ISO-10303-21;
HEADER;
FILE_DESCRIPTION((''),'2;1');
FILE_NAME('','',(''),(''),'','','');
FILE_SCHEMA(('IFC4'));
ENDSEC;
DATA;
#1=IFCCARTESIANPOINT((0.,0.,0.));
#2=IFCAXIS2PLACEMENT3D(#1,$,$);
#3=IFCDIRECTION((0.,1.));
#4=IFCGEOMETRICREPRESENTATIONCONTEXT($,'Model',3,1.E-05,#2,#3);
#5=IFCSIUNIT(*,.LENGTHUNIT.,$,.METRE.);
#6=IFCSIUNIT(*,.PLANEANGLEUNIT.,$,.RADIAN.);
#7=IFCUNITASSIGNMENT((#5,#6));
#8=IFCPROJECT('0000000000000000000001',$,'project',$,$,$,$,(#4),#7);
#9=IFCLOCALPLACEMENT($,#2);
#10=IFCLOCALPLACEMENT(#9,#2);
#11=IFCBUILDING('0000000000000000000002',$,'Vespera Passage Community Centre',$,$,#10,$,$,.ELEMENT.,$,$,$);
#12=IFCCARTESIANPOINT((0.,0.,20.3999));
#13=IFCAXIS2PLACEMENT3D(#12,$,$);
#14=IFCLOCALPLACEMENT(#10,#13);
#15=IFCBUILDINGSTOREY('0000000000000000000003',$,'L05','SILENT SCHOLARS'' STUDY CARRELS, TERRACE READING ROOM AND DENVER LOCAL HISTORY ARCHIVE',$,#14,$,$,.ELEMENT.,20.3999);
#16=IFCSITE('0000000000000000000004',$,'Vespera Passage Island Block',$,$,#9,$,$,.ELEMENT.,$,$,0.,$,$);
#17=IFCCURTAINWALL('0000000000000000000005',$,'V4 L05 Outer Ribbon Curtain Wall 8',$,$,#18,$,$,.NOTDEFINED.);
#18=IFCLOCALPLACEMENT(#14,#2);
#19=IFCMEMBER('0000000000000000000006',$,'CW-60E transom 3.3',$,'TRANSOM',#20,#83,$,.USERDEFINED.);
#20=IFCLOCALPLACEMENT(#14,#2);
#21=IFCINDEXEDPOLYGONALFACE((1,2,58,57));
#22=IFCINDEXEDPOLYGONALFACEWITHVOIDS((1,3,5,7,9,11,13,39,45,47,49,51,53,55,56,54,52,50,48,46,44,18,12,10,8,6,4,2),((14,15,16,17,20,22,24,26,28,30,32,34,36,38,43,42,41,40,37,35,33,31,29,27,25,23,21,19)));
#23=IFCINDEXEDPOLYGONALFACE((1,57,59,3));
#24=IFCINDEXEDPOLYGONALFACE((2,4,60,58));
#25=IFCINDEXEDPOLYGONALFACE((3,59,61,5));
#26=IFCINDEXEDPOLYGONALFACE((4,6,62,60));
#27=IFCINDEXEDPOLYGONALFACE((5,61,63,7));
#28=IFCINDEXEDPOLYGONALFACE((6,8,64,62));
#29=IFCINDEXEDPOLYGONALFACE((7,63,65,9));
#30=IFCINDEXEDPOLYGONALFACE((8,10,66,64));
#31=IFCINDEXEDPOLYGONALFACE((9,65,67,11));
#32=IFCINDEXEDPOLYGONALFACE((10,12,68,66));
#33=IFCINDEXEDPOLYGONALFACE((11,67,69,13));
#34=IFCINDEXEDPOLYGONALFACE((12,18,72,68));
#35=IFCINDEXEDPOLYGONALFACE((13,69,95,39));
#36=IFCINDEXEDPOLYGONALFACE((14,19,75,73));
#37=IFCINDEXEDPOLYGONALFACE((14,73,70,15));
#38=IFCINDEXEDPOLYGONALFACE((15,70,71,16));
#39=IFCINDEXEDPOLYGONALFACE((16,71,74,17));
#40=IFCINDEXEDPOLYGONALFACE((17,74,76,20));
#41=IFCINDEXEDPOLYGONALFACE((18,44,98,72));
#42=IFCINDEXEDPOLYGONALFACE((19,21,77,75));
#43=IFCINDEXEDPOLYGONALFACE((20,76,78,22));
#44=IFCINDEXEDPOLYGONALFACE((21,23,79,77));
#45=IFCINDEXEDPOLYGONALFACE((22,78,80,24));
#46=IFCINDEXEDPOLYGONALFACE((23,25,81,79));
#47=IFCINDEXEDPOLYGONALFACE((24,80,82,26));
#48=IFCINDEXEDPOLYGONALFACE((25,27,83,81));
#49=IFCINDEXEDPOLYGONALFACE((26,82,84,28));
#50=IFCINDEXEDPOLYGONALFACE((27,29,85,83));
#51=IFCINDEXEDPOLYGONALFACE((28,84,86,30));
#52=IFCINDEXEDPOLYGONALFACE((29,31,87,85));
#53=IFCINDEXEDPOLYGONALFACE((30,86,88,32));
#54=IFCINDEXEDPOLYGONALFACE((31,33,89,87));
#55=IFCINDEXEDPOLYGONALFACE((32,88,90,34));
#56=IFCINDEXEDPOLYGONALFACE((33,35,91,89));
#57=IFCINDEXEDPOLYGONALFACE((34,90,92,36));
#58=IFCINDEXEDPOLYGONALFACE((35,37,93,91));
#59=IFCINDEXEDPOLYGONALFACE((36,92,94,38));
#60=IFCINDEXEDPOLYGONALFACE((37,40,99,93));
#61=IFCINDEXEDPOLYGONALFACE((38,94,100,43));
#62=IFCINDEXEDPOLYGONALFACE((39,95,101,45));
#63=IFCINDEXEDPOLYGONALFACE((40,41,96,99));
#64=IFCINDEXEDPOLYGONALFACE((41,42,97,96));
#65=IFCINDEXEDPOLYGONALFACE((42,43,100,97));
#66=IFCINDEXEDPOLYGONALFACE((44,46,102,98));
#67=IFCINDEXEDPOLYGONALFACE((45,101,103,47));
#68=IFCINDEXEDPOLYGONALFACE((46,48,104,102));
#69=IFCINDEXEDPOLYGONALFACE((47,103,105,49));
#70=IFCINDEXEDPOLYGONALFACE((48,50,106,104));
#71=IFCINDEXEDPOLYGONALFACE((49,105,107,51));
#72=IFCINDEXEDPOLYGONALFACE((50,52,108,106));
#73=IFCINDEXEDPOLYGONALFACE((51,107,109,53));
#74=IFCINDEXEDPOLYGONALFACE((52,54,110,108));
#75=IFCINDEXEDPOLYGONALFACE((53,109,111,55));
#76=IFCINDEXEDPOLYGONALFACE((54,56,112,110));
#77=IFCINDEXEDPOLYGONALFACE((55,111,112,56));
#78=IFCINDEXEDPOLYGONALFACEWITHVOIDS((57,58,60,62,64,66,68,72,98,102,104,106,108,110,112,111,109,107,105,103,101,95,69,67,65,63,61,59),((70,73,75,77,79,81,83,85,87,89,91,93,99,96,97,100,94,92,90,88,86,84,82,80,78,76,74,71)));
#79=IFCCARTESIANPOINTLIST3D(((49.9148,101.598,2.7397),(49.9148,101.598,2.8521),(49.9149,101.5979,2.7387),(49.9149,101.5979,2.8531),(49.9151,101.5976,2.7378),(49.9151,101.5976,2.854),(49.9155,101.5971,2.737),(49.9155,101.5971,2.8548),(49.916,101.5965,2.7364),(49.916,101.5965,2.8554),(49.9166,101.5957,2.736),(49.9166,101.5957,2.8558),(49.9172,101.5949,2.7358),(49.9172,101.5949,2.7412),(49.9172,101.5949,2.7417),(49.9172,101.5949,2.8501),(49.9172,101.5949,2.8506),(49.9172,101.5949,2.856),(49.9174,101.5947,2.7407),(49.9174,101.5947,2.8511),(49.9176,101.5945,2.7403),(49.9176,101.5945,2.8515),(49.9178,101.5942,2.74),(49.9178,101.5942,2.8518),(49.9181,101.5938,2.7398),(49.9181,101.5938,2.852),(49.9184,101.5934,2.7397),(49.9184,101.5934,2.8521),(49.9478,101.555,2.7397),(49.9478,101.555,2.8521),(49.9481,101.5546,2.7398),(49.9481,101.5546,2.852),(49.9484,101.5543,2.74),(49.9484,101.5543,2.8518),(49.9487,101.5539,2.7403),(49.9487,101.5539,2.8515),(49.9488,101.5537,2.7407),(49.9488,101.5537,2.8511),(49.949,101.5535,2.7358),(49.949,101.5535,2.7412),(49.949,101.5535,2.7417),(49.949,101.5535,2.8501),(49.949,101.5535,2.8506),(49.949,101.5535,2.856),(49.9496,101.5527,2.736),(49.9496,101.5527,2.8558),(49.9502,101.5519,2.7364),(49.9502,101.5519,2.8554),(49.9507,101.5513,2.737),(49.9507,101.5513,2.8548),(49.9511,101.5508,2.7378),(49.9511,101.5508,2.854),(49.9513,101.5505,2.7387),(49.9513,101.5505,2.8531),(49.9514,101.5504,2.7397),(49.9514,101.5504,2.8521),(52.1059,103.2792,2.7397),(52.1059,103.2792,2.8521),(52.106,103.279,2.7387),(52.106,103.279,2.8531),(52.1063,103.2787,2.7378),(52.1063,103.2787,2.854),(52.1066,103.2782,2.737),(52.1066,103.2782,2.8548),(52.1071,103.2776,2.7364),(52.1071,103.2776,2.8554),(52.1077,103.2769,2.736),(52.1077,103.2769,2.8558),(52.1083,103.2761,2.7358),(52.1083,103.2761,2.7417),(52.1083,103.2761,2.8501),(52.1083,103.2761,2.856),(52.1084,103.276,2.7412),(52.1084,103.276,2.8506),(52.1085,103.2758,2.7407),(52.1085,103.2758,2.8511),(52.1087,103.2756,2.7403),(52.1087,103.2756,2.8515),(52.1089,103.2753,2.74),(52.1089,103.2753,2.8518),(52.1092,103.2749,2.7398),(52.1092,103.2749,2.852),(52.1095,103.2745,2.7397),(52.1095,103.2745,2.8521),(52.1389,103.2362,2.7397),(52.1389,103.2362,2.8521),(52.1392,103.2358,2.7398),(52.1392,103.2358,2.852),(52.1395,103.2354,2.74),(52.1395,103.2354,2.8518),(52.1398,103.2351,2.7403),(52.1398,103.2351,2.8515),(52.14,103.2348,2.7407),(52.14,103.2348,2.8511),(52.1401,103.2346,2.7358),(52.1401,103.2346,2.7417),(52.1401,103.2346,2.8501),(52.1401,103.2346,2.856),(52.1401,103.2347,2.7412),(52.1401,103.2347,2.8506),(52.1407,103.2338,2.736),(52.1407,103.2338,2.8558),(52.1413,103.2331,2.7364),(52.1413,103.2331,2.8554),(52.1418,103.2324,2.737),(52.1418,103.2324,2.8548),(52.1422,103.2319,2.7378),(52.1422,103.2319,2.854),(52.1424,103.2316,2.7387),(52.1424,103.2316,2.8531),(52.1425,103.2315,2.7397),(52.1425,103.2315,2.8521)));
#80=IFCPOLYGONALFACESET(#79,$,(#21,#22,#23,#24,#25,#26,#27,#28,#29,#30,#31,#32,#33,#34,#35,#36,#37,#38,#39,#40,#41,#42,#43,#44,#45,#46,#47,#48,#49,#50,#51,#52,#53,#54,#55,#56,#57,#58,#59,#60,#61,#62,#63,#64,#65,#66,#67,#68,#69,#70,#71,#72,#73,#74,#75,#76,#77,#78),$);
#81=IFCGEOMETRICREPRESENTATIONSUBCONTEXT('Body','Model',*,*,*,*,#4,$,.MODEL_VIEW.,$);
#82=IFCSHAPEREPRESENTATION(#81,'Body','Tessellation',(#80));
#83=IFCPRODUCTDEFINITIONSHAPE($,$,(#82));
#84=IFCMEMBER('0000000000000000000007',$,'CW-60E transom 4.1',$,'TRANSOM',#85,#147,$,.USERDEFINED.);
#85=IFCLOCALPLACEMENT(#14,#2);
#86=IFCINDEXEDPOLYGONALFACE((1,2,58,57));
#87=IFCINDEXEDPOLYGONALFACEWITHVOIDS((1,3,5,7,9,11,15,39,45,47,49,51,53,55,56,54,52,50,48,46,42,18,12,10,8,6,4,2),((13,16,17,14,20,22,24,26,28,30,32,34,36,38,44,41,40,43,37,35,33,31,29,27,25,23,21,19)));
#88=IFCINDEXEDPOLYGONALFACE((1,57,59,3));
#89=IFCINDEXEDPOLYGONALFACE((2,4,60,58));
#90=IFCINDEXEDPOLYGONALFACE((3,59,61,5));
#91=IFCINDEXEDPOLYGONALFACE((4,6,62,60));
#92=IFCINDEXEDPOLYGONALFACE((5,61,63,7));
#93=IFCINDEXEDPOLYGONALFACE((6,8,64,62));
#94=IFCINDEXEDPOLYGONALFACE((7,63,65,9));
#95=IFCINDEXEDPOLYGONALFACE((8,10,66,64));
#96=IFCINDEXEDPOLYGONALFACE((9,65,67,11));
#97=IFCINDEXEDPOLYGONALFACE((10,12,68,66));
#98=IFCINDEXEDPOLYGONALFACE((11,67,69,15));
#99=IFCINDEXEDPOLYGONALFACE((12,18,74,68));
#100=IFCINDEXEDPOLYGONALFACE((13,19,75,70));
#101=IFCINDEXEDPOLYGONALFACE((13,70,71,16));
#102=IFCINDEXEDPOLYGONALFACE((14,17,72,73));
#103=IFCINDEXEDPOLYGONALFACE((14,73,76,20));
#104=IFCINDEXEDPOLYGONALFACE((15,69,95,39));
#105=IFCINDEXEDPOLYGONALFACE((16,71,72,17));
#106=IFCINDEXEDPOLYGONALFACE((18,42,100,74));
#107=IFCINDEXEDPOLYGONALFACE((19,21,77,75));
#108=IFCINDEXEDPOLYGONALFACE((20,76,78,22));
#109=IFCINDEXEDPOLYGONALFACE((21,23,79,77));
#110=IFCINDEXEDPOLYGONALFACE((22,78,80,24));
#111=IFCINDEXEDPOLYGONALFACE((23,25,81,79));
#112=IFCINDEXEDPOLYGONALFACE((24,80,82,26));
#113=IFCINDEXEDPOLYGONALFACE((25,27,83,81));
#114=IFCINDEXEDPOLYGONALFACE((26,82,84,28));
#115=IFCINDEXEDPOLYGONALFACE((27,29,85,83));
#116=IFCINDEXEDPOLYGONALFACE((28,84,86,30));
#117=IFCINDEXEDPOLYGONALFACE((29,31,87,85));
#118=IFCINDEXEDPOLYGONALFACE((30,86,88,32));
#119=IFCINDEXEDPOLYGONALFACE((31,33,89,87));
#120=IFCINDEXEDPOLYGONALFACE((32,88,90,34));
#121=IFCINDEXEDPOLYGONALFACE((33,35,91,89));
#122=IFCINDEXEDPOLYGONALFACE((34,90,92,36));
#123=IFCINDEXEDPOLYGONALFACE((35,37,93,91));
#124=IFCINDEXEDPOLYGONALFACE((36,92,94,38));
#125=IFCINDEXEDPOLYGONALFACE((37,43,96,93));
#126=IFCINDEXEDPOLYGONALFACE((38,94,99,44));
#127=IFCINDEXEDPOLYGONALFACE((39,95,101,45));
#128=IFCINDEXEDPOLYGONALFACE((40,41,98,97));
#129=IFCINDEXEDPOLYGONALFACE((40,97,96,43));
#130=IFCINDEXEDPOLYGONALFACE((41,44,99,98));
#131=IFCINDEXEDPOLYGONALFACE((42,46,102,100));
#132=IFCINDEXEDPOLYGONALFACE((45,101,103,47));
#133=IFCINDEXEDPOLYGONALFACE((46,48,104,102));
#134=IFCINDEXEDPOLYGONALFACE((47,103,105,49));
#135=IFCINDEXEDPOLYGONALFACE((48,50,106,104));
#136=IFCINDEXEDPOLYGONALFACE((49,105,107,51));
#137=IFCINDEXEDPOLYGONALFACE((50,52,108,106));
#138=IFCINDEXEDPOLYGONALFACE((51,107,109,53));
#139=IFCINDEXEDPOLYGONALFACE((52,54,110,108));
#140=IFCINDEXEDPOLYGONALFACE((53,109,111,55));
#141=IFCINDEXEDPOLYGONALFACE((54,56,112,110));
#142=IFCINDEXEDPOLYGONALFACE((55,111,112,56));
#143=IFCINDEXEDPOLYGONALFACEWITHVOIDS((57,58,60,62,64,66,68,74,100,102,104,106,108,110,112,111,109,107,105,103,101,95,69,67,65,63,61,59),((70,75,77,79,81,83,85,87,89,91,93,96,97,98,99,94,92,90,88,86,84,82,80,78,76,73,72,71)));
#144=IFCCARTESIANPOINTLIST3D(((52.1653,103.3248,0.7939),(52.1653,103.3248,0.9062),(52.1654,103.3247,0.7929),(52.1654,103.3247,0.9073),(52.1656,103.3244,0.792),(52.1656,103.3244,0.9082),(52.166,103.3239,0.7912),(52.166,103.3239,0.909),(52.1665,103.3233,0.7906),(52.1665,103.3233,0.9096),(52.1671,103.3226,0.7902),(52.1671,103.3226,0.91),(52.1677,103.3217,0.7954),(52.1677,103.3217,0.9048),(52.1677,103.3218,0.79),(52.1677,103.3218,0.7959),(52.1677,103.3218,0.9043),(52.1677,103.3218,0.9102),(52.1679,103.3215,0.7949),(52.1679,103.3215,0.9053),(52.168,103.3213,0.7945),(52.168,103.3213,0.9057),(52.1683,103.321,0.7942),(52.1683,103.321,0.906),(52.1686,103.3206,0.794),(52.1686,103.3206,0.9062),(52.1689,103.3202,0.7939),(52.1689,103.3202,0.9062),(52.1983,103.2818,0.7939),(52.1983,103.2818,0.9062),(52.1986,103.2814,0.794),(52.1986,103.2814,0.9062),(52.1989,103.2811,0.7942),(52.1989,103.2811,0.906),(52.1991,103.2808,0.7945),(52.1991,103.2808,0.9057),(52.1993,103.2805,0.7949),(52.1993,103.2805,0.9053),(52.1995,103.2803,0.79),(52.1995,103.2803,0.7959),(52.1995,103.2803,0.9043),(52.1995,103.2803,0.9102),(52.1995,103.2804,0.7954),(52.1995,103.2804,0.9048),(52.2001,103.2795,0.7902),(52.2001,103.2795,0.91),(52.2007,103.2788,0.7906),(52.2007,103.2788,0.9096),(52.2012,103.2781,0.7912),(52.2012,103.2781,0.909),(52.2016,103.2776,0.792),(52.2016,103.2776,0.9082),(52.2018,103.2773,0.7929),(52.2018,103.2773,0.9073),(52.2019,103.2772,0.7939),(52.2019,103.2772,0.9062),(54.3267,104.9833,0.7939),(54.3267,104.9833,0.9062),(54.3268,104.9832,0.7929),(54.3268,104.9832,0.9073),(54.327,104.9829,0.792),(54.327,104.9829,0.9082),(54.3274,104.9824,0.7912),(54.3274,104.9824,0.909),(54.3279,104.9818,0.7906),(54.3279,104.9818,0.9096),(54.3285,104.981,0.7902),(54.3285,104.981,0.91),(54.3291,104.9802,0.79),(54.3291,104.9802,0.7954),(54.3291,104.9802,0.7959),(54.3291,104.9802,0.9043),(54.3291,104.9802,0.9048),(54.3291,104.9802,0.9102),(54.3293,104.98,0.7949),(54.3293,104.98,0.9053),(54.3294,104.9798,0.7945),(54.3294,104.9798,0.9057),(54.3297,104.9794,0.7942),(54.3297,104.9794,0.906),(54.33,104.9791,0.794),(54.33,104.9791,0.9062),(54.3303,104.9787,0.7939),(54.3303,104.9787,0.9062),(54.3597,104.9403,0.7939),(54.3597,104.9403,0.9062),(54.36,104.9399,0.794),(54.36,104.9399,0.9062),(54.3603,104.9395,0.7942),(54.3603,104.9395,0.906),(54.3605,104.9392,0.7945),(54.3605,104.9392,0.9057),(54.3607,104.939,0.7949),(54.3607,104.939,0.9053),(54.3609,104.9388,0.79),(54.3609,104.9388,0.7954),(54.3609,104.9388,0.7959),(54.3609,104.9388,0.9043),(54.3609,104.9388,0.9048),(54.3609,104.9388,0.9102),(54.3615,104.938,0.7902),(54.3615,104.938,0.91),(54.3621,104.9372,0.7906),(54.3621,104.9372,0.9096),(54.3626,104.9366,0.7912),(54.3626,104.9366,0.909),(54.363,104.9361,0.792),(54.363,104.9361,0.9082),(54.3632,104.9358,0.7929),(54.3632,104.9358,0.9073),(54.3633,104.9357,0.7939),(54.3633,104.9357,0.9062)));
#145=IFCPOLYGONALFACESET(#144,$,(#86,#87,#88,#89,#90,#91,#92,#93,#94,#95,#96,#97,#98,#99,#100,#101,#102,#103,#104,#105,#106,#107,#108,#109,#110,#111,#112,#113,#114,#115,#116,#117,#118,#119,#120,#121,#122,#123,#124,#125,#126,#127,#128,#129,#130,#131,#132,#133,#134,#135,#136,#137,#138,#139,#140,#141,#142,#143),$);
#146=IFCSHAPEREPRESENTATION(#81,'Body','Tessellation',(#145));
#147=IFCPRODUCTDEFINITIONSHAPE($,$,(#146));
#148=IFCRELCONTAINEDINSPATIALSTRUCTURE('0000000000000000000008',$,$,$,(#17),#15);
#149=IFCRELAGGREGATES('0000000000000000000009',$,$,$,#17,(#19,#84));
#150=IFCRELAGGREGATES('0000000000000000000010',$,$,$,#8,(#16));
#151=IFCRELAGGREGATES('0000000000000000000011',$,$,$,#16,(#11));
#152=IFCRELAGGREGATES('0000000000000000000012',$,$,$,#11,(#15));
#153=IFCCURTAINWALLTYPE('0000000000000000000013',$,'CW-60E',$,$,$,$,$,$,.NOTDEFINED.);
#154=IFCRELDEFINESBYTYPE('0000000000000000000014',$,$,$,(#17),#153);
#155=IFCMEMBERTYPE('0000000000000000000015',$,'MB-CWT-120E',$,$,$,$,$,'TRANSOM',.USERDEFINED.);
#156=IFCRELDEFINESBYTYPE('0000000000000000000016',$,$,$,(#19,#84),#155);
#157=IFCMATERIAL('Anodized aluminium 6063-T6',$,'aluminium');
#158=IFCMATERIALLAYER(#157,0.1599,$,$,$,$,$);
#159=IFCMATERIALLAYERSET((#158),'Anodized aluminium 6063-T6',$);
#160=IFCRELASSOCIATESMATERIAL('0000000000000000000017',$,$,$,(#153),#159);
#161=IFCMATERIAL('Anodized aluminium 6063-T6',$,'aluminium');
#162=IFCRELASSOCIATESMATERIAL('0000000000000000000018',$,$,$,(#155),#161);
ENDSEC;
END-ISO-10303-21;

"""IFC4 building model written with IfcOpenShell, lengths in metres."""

from ifc_helpers import new_model, si_unit, direction, frame, origin, origin_2d, place, context, subcontext, project, spatial, hollow_rectangle, extrude, material, layer, layer_set, material_profile, profile_set, type_object, element, aggregate, save


model = new_model("IFC4")

# Units and contexts
model_context = context("Model", 3, precision=1e-05, world=origin(), true_north=direction((0.0, 1.0)))
body_context = subcontext(model_context, "Body", "Model", "MODEL_VIEW")
ifc_project = project(units=[si_unit("LENGTHUNIT", "METRE"), si_unit("PLANEANGLEUNIT", "RADIAN")], contexts=[model_context])

# Site, building, storey
site_placement = place(None, origin())
site = spatial("IfcSite", under=ifc_project, at=site_placement, Name="Vespera Passage Island Block", CompositionType="ELEMENT", RefElevation=0.0)
building_placement = place(site_placement, origin())
building = spatial("IfcBuilding", under=site, at=building_placement, Name="Vespera Passage Community Centre", CompositionType="ELEMENT")
storey_placement = place(building_placement, frame((0.0, 0.0, 20.3999)))
storey = spatial("IfcBuildingStorey", under=building, at=storey_placement, Name="L05", Description="SILENT SCHOLARS' STUDY CARRELS, TERRACE READING ROOM AND DENVER LOCAL HISTORY ARCHIVE", CompositionType="ELEMENT", Elevation=20.3999)

# Curtain wall
ifc_material_1 = material(Name="Anodized aluminium 6063-T6", Category="aluminium")
ifc_layer_1 = layer(ifc_material_1, 0.1599)
ifc_layer_set_1 = layer_set([ifc_layer_1], Name="Anodized aluminium 6063-T6")
curtain_wall_type_1 = type_object("IfcCurtainWallType", Name="CW-60E", PredefinedType="NOTDEFINED", material=ifc_layer_set_1)
curtain_wall_1_placement = place(storey_placement, origin())
curtain_wall_1 = element("IfcCurtainWall", 1, at=curtain_wall_1_placement, inside=storey, type_object=curtain_wall_type_1, Name="V4 L05 Outer Ribbon Curtain Wall 8", PredefinedType="NOTDEFINED")

# Members
ifc_material_2 = material(Name="Anodized aluminium 6063-T6", Category="aluminium")
ifc_material_profile_1 = material_profile(ifc_material_2, hollow_rectangle(XDim=0.0601, YDim=0.1201, WallThickness=0.0039, InnerFilletRadius=0.002, OuterFilletRadius=0.0039, at=origin_2d()), Name="ALU120X60X4")
ifc_profile_set_1 = profile_set([ifc_material_profile_1], Name="Anodized aluminium 6063-T6")
member_type_1 = type_object("IfcMemberType", Name="MB-CWT-120E", ElementType="TRANSOM", PredefinedType="USERDEFINED", material=ifc_profile_set_1)
member_1_placement = place(storey_placement, frame((49.9331, 101.5742, 2.7959), z_axis=(0.793386, 0.608719, 0.0), x_axis=(-0.608719, 0.793386, 0.0)))
member_1 = element("IfcMember", 2, at=member_1_placement, type_object=member_type_1, Name="CW-60E transom 3.3", ObjectType="TRANSOM", PredefinedType="USERDEFINED", context=body_context, shape_type="SweptSolid", body=[
    extrude(hollow_rectangle(XDim=0.0601, YDim=0.1201, WallThickness=0.0039, InnerFilletRadius=0.002, OuterFilletRadius=0.0039, at=origin_2d()), origin(), (0.0, 0.0, 1.0), 2.7617),
])
member_2_placement = place(storey_placement, frame((52.1836, 103.301, 0.8501), z_axis=(0.79336, 0.608753, 0.0), x_axis=(-0.608753, 0.79336, 0.0)))
member_2 = element("IfcMember", 3, at=member_2_placement, type_object=member_type_1, Name="CW-60E transom 4.1", ObjectType="TRANSOM", PredefinedType="USERDEFINED", context=body_context, shape_type="SweptSolid", body=[
    extrude(hollow_rectangle(XDim=0.0601, YDim=0.1201, WallThickness=0.0039, InnerFilletRadius=0.002, OuterFilletRadius=0.0039, at=origin_2d()), origin(), (0.0, 0.0, 1.0), 2.7244),
])

aggregate(curtain_wall_1, [member_1, member_2])

save(model, "model.ifc")
